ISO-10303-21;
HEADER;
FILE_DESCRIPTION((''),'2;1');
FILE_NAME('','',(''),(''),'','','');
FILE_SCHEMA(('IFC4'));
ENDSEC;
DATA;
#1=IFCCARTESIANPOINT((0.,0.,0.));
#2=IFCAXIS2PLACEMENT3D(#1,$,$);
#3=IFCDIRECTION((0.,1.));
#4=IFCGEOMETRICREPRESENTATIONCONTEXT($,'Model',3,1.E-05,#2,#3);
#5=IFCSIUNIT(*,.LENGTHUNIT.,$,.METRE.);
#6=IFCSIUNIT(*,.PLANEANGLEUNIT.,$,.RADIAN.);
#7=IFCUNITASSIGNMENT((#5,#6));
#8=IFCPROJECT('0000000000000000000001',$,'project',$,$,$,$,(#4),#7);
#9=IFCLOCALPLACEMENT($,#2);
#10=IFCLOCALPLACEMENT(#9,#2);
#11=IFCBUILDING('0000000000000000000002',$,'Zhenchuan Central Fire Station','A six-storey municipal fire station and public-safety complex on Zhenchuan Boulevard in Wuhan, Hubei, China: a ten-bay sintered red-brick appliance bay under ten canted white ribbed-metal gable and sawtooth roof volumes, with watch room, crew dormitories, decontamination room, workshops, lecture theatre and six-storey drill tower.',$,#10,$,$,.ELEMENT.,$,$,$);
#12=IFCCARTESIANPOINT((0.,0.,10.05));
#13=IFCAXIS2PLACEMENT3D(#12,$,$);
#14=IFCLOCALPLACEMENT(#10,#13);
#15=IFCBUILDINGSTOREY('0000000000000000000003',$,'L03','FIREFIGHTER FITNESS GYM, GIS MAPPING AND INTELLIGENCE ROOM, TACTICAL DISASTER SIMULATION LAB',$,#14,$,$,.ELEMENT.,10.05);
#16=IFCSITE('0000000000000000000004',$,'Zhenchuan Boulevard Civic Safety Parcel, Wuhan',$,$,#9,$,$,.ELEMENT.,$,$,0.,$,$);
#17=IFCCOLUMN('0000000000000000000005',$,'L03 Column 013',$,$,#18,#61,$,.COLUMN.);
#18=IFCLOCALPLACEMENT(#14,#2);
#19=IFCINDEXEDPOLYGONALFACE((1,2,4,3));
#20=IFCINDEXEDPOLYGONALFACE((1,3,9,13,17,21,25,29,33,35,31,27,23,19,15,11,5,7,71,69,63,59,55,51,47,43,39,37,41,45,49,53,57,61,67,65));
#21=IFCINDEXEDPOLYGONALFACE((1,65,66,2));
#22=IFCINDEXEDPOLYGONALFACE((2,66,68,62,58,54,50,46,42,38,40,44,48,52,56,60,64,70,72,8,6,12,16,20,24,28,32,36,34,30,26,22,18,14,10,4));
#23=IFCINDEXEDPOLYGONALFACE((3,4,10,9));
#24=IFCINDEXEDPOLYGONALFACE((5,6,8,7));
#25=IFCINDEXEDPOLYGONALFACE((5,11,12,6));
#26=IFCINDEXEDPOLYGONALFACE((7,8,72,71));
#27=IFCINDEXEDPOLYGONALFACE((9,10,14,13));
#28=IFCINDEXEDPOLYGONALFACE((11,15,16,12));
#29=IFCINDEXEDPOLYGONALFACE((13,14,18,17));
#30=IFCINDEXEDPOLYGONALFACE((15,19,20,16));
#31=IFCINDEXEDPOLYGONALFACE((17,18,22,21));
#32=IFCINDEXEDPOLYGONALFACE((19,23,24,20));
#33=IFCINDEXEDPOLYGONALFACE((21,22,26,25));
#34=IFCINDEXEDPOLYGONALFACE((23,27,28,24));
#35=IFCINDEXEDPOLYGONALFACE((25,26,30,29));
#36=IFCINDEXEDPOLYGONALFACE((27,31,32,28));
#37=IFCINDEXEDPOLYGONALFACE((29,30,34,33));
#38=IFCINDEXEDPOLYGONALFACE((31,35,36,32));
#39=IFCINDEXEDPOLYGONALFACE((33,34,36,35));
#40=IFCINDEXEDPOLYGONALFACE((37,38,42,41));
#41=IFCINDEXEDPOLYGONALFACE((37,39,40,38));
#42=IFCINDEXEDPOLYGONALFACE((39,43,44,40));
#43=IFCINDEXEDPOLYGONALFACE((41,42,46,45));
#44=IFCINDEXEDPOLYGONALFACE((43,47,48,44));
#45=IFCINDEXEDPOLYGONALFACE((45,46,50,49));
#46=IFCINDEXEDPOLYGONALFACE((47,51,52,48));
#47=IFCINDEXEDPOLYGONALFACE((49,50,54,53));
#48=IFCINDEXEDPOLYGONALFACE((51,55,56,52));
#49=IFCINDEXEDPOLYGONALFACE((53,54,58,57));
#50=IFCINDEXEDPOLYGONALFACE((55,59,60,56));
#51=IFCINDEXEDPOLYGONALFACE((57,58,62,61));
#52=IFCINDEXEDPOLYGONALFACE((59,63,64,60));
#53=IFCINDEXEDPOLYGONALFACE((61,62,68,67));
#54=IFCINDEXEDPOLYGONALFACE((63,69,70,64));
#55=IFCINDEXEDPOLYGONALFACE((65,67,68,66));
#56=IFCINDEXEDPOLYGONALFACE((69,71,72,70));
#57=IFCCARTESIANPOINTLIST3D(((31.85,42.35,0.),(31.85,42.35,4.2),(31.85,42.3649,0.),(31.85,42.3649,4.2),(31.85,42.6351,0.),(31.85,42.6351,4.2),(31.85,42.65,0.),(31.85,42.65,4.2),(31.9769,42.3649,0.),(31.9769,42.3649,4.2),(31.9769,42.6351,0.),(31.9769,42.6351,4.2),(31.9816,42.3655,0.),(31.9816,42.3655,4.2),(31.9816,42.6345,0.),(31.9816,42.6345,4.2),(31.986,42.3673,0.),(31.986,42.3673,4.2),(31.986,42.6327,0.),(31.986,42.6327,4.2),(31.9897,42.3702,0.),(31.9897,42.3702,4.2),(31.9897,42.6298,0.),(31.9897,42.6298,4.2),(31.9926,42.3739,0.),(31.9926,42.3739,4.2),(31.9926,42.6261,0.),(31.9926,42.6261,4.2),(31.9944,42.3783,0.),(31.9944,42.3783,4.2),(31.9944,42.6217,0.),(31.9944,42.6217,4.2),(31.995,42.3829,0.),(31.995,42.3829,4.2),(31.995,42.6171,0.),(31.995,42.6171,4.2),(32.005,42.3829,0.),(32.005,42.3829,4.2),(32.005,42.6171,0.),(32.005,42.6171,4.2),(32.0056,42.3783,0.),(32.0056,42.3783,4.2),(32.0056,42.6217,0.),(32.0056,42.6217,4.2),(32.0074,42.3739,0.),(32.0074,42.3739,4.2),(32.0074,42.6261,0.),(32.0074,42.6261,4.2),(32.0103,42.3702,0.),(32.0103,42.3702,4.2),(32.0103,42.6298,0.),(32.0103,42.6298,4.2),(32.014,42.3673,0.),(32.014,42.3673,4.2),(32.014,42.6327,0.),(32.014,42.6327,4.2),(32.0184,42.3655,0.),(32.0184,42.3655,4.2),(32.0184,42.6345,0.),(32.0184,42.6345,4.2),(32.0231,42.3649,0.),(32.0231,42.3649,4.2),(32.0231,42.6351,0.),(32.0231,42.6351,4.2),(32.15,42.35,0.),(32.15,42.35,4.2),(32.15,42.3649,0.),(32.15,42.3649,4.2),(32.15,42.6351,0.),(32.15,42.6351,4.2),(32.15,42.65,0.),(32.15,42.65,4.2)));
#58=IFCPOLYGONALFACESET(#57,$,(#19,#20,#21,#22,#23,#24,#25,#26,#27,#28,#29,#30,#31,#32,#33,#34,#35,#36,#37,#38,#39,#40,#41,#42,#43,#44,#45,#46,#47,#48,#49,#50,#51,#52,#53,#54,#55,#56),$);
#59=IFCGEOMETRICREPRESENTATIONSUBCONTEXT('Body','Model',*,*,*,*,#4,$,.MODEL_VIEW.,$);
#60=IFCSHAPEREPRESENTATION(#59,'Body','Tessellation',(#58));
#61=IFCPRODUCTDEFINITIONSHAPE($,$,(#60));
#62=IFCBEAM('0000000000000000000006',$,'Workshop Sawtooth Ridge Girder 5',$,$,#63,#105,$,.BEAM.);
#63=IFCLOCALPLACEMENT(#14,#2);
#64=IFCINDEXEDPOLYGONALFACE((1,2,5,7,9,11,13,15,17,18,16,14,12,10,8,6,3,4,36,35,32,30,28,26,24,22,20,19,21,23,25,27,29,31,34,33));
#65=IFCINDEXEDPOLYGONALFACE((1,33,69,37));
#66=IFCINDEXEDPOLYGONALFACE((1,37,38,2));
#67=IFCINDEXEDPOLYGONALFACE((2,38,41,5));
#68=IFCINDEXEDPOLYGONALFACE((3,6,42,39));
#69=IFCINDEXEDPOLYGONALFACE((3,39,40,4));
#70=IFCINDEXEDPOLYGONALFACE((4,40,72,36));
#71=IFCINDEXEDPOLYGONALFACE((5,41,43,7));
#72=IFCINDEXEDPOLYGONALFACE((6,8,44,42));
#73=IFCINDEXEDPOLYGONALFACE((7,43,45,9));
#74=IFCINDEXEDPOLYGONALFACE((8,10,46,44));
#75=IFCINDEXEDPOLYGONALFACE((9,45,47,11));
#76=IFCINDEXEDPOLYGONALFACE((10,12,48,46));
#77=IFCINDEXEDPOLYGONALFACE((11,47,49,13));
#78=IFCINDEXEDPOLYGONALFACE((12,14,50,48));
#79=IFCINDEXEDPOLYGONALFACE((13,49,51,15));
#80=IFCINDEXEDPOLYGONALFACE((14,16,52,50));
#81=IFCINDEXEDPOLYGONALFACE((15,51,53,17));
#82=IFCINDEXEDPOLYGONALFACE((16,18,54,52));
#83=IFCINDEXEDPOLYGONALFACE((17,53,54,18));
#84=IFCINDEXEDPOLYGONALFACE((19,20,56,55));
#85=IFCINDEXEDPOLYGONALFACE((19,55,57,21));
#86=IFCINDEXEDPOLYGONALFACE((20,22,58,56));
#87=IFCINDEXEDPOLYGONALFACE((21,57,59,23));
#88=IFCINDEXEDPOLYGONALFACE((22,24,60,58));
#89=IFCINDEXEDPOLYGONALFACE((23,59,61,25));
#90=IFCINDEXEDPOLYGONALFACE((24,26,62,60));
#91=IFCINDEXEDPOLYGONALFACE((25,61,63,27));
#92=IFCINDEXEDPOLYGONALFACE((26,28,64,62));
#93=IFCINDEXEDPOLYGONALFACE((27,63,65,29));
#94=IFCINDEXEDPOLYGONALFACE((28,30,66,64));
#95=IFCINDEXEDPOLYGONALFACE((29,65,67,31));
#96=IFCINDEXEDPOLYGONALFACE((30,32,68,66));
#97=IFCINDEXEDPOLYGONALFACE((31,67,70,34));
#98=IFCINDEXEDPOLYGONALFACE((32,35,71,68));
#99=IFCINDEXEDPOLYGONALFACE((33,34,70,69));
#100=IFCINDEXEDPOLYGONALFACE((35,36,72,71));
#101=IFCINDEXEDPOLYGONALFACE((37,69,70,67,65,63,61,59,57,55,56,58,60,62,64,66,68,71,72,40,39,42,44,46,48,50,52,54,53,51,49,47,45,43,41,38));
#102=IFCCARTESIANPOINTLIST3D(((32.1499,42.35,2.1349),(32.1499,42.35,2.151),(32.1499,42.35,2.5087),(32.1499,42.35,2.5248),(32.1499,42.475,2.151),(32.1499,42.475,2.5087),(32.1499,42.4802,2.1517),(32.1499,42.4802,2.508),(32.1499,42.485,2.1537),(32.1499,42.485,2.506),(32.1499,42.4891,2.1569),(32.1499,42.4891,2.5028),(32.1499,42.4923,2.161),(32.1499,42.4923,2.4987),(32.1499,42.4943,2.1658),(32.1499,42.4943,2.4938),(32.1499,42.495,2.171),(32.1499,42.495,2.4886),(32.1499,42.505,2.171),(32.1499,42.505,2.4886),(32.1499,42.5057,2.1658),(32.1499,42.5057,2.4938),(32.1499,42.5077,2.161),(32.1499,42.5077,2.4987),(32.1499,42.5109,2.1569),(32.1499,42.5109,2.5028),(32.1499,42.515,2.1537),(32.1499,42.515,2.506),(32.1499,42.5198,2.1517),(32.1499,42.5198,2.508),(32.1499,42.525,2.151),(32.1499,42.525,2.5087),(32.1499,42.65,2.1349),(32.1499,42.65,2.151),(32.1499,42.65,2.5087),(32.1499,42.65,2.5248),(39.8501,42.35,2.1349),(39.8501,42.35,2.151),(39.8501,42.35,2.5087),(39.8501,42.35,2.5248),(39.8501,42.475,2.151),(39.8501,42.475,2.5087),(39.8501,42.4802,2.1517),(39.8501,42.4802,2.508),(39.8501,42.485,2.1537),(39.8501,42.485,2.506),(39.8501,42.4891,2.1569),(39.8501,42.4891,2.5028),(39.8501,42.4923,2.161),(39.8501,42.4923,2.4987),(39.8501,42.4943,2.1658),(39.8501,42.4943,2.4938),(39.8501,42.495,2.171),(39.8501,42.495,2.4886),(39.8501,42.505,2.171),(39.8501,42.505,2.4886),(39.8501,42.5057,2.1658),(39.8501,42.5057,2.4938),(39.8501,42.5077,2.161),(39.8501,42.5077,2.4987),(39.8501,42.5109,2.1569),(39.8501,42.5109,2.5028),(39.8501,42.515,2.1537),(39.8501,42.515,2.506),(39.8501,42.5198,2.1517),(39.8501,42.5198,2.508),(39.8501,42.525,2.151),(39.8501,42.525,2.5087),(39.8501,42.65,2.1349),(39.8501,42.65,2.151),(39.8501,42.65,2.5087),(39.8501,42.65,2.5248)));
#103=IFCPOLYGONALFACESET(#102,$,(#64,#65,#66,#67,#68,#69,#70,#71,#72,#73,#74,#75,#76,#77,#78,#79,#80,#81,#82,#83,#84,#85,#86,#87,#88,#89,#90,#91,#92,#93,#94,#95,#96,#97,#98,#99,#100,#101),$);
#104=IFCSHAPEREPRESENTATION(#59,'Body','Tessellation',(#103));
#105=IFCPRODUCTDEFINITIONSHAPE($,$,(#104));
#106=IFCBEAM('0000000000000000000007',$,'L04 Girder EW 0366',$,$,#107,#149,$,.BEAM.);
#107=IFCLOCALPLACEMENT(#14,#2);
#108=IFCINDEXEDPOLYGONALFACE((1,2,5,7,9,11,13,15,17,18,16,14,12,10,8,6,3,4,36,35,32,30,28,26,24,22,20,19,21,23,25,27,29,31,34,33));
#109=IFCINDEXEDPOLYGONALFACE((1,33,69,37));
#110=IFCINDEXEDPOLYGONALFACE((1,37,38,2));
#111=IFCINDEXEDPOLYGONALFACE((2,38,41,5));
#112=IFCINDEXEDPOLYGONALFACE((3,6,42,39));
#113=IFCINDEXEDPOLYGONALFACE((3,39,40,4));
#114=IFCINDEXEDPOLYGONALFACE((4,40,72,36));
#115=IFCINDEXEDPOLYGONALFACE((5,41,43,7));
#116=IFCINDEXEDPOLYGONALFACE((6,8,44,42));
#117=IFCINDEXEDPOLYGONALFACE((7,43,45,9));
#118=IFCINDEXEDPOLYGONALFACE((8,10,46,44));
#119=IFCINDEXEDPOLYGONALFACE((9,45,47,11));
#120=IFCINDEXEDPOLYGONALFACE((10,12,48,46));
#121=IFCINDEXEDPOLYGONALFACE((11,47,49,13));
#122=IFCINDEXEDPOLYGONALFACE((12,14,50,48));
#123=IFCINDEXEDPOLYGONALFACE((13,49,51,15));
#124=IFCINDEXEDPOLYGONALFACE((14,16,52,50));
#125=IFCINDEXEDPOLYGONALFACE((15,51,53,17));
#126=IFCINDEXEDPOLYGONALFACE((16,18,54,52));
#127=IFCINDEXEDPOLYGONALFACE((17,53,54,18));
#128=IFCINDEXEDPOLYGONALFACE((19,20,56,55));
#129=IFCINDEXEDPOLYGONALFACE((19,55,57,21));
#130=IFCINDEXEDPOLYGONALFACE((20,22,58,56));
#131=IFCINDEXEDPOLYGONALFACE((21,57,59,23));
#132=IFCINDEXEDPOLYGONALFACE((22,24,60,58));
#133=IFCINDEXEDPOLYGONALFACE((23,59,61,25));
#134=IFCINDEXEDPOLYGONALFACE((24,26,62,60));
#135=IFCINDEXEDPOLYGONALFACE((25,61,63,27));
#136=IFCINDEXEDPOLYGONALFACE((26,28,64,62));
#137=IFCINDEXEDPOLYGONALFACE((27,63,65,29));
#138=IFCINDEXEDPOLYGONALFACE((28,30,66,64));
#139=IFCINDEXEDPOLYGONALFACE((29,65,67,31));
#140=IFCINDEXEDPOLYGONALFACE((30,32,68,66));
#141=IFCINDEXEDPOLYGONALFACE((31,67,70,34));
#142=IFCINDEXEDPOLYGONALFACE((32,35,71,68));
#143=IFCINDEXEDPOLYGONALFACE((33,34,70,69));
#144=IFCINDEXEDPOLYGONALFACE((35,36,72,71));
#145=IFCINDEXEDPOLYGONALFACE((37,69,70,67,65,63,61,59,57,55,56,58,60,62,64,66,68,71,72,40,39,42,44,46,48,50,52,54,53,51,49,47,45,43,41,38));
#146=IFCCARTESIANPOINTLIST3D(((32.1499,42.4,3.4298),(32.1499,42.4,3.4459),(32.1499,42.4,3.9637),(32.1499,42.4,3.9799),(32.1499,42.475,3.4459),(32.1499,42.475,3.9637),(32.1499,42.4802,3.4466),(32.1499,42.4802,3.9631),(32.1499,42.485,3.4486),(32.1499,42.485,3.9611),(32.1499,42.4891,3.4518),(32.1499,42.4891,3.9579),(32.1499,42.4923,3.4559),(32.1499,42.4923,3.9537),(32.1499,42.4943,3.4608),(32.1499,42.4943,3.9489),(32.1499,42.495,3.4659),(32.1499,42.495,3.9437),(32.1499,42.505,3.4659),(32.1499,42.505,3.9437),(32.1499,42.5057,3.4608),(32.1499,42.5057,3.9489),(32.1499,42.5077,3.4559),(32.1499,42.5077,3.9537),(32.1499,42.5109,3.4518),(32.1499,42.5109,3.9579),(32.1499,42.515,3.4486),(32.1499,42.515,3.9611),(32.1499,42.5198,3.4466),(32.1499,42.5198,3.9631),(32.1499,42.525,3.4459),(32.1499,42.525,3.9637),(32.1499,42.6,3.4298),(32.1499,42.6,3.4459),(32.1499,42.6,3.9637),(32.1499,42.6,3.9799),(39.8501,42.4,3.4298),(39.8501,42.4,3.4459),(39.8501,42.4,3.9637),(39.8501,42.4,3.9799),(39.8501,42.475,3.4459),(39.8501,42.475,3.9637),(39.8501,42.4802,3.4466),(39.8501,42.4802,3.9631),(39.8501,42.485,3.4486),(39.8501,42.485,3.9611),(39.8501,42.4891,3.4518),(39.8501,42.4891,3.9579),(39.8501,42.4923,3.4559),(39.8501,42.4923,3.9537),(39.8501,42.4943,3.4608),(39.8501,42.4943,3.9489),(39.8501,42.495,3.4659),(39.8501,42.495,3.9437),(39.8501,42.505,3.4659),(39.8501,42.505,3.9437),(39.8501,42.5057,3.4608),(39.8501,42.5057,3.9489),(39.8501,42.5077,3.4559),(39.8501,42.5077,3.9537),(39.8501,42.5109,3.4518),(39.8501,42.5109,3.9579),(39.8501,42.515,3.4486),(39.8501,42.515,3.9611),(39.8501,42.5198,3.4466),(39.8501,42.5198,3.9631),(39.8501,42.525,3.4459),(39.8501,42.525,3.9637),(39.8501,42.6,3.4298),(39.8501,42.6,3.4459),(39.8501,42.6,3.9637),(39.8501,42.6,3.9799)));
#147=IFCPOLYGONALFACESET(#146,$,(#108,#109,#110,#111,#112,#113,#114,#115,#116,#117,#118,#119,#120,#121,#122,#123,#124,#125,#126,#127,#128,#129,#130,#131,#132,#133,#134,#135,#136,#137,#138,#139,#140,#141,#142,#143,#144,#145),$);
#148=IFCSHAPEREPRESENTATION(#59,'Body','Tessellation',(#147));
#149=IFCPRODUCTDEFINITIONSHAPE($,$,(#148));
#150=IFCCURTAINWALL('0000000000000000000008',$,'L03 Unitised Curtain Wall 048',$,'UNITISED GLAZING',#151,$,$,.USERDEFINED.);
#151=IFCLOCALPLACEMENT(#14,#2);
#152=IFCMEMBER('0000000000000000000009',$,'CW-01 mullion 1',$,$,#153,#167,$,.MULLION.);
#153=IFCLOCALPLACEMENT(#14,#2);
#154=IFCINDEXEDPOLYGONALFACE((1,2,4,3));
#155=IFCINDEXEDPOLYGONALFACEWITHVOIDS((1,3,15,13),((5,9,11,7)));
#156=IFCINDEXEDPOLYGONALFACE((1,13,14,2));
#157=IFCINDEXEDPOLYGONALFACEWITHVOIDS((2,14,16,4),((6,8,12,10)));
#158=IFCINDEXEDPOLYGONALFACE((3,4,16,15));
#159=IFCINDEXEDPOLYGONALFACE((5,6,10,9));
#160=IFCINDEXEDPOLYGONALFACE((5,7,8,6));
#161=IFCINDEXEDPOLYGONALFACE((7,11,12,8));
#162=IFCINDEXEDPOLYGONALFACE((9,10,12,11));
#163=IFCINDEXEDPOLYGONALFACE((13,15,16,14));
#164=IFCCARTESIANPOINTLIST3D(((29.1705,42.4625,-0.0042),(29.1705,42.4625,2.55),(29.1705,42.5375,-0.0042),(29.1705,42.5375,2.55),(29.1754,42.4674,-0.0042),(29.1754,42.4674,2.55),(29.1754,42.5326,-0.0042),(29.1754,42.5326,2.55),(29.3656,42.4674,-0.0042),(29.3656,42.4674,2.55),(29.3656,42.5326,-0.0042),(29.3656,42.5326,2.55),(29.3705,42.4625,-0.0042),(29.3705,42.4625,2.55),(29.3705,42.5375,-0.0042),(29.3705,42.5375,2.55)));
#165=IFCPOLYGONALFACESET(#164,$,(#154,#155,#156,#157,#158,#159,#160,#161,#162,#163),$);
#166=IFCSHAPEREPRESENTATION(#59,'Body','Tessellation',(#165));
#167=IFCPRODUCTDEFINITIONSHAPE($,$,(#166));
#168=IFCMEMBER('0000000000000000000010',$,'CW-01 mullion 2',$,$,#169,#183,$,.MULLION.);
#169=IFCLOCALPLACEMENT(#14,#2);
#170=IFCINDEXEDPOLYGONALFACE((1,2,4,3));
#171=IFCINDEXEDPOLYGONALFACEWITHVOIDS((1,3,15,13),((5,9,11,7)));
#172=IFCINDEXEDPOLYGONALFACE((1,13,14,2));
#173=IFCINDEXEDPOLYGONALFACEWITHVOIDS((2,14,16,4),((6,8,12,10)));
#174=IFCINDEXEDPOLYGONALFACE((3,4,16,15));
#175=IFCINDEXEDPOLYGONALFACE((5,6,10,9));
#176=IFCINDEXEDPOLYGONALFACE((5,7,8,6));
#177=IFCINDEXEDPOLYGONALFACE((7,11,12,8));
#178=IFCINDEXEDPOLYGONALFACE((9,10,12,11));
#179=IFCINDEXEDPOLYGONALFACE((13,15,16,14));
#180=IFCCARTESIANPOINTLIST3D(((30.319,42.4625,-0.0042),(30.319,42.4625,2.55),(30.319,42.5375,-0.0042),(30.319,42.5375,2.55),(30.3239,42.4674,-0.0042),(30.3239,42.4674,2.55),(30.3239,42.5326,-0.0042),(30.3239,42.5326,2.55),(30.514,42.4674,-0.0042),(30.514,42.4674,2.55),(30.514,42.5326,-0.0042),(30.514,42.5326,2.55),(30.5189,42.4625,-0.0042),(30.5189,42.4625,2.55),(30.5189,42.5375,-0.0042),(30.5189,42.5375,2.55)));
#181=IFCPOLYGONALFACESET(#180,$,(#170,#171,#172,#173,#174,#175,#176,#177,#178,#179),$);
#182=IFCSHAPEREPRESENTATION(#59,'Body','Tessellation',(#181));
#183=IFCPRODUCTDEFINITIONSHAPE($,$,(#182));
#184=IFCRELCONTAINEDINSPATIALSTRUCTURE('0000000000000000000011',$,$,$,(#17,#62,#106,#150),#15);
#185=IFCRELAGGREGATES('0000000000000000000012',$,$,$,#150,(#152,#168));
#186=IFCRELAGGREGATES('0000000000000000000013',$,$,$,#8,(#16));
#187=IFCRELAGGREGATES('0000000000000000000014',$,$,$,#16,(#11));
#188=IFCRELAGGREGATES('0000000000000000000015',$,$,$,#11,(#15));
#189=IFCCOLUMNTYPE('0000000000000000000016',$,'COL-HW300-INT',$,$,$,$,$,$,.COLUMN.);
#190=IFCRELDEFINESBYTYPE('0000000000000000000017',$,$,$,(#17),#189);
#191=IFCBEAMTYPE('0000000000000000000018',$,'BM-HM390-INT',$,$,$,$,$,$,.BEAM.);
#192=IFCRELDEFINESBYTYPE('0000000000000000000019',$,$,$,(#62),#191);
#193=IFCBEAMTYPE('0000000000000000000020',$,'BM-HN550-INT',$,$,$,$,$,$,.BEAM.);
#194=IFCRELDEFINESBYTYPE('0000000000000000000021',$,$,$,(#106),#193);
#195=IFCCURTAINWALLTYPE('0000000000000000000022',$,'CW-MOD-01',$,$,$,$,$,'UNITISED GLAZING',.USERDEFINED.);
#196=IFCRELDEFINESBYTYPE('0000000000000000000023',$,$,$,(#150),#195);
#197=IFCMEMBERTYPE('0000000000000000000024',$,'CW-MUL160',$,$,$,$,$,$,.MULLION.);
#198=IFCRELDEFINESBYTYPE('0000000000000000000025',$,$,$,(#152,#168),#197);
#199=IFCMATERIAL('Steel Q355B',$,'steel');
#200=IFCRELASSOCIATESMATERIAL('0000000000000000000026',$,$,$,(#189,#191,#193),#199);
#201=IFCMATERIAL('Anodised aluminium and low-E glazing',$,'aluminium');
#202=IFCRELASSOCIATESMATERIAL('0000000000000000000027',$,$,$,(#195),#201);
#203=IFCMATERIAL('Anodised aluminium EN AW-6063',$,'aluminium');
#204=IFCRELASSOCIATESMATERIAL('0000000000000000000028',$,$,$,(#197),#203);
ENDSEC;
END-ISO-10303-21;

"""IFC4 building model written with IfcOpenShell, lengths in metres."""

from ifc_helpers import new_model, si_unit, direction, frame, origin, origin_2d, place, context, subcontext, project, spatial, hollow_rectangle, i_section, extrude, material, material_profile, profile_set, type_object, element, aggregate, save


model = new_model("IFC4")

# Units and contexts
model_context = context("Model", 3, precision=1e-05, world=origin(), true_north=direction((0.0, 1.0)))
body_context = subcontext(model_context, "Body", "Model", "MODEL_VIEW")
ifc_project = project(units=[si_unit("LENGTHUNIT", "METRE"), si_unit("PLANEANGLEUNIT", "RADIAN")], contexts=[model_context])

# Site, building, storey
site_placement = place(None, origin())
site = spatial("IfcSite", under=ifc_project, at=site_placement, Name="Zhenchuan Boulevard Civic Safety Parcel, Wuhan", CompositionType="ELEMENT", RefElevation=0.0)
building_placement = place(site_placement, origin())
building = spatial("IfcBuilding", under=site, at=building_placement, Name="Zhenchuan Central Fire Station", Description="A six-storey municipal fire station and public-safety complex on Zhenchuan Boulevard in Wuhan, Hubei, China: a ten-bay sintered red-brick appliance bay under ten canted white ribbed-metal gable and sawtooth roof volumes, with watch room, crew dormitories, decontamination room, workshops, lecture theatre and six-storey drill tower.", CompositionType="ELEMENT")
storey_placement = place(building_placement, frame((0.0, 0.0, 10.05)))
storey = spatial("IfcBuildingStorey", under=building, at=storey_placement, Name="L03", Description="FIREFIGHTER FITNESS GYM, GIS MAPPING AND INTELLIGENCE ROOM, TACTICAL DISASTER SIMULATION LAB", CompositionType="ELEMENT", Elevation=10.05)

# Column
ifc_material_1 = material(Name="Steel Q355B", Category="steel")
ifc_material_profile_1 = material_profile(ifc_material_1, i_section(OverallWidth=0.3, OverallDepth=0.3, WebThickness=0.01, FlangeThickness=0.0149, FilletRadius=0.0181, at=origin_2d()), Name="HW 300x300")
ifc_profile_set_1 = profile_set([ifc_material_profile_1], Name="Steel Q355B")
column_type = type_object("IfcColumnType", Name="COL-HW300-INT", PredefinedType="COLUMN", material=ifc_profile_set_1)
column_placement = place(storey_placement, frame((32.0, 42.5, 0.0), z_axis=(0.0, 0.0, 1.0), x_axis=(1.0, 0.0, 0.0)))
element("IfcColumn", 1, at=column_placement, inside=storey, type_object=column_type, Name="L03 Column 013", PredefinedType="COLUMN", context=body_context, shape_type="SweptSolid", body=[
    extrude(i_section(OverallWidth=0.3, OverallDepth=0.3, WebThickness=0.01, FlangeThickness=0.0149, FilletRadius=0.0181, at=origin_2d()), origin(), (0.0, 0.0, 1.0), 4.2),
])

# Beams
ifc_material_profile_2 = material_profile(ifc_material_1, i_section(OverallWidth=0.3, OverallDepth=0.3899, WebThickness=0.01, FlangeThickness=0.0161, FilletRadius=0.02, at=origin_2d()), Name="HM 390x300")
ifc_profile_set_2 = profile_set([ifc_material_profile_2], Name="Steel Q355B")
beam_type_1 = type_object("IfcBeamType", Name="BM-HM390-INT", PredefinedType="BEAM", material=ifc_profile_set_2)
beam_1_placement = place(storey_placement, frame((32.1499, 42.5, 2.3298), z_axis=(1.0, 0.0, 0.0), x_axis=(0.0, 1.0, 0.0)))
element("IfcBeam", 2, at=beam_1_placement, inside=storey, type_object=beam_type_1, Name="Workshop Sawtooth Ridge Girder 5", PredefinedType="BEAM", context=body_context, shape_type="SweptSolid", body=[
    extrude(i_section(OverallWidth=0.3, OverallDepth=0.3899, WebThickness=0.01, FlangeThickness=0.0161, FilletRadius=0.02, at=origin_2d()), origin(), (0.0, 0.0, 1.0), 7.7002),
])
ifc_material_profile_3 = material_profile(ifc_material_1, i_section(OverallWidth=0.2, OverallDepth=0.55, WebThickness=0.01, FlangeThickness=0.0161, FilletRadius=0.02, at=origin_2d()), Name="HN 550x200")
ifc_profile_set_3 = profile_set([ifc_material_profile_3], Name="Steel Q355B")
beam_type_2 = type_object("IfcBeamType", Name="BM-HN550-INT", PredefinedType="BEAM", material=ifc_profile_set_3)
beam_2_placement = place(storey_placement, frame((32.1499, 42.5, 3.7048), z_axis=(1.0, 0.0, 0.0), x_axis=(0.0, 1.0, 0.0)))
element("IfcBeam", 3, at=beam_2_placement, inside=storey, type_object=beam_type_2, Name="L04 Girder EW 0366", PredefinedType="BEAM", context=body_context, shape_type="SweptSolid", body=[
    extrude(i_section(OverallWidth=0.2, OverallDepth=0.55, WebThickness=0.01, FlangeThickness=0.0161, FilletRadius=0.02, at=origin_2d()), origin(), (0.0, 0.0, 1.0), 7.7002),
])

# Curtain wall, members
ifc_material_2 = material(Name="Anodised aluminium and low-E glazing", Category="aluminium")
curtain_wall_type_1 = type_object("IfcCurtainWallType", Name="CW-MOD-01", ElementType="UNITISED GLAZING", PredefinedType="USERDEFINED", material=ifc_material_2)
curtain_wall_1_placement = place(storey_placement, origin())
curtain_wall_1 = element("IfcCurtainWall", 4, at=curtain_wall_1_placement, inside=storey, type_object=curtain_wall_type_1, Name="L03 Unitised Curtain Wall 048", ObjectType="UNITISED GLAZING", PredefinedType="USERDEFINED")
ifc_material_3 = material(Name="Anodised aluminium EN AW-6063", Category="aluminium")
ifc_material_profile_4 = material_profile(ifc_material_3, hollow_rectangle(XDim=0.075, YDim=0.2, WallThickness=0.0049, at=origin_2d()), Name="ALU-M 200x75")
ifc_profile_set_4 = profile_set([ifc_material_profile_4], Name="Anodised aluminium EN AW-6063")
member_type_1 = type_object("IfcMemberType", Name="CW-MUL160", PredefinedType="MULLION", material=ifc_profile_set_4)
member_1_placement = place(storey_placement, frame((29.2705, 42.5, -0.0042), z_axis=(0.0, 0.0, 1.0), x_axis=(0.0, 1.0, 0.0)))
member_1 = element("IfcMember", 5, at=member_1_placement, type_object=member_type_1, Name="CW-01 mullion 1", PredefinedType="MULLION", context=body_context, shape_type="SweptSolid", body=[
    extrude(hollow_rectangle(XDim=0.075, YDim=0.2, WallThickness=0.0049, at=origin_2d()), origin(), (0.0, 0.0, 1.0), 2.5542),
])
member_2_placement = place(storey_placement, frame((30.4189, 42.5, -0.0042), z_axis=(0.0, 0.0, 1.0), x_axis=(0.0, 1.0, 0.0)))
member_2 = element("IfcMember", 6, at=member_2_placement, type_object=member_type_1, Name="CW-01 mullion 2", PredefinedType="MULLION", context=body_context, shape_type="SweptSolid", body=[
    extrude(hollow_rectangle(XDim=0.075, YDim=0.2, WallThickness=0.0049, at=origin_2d()), origin(), (0.0, 0.0, 1.0), 2.5542),
])

aggregate(curtain_wall_1, [member_1, member_2])

save(model, "model.ifc")
